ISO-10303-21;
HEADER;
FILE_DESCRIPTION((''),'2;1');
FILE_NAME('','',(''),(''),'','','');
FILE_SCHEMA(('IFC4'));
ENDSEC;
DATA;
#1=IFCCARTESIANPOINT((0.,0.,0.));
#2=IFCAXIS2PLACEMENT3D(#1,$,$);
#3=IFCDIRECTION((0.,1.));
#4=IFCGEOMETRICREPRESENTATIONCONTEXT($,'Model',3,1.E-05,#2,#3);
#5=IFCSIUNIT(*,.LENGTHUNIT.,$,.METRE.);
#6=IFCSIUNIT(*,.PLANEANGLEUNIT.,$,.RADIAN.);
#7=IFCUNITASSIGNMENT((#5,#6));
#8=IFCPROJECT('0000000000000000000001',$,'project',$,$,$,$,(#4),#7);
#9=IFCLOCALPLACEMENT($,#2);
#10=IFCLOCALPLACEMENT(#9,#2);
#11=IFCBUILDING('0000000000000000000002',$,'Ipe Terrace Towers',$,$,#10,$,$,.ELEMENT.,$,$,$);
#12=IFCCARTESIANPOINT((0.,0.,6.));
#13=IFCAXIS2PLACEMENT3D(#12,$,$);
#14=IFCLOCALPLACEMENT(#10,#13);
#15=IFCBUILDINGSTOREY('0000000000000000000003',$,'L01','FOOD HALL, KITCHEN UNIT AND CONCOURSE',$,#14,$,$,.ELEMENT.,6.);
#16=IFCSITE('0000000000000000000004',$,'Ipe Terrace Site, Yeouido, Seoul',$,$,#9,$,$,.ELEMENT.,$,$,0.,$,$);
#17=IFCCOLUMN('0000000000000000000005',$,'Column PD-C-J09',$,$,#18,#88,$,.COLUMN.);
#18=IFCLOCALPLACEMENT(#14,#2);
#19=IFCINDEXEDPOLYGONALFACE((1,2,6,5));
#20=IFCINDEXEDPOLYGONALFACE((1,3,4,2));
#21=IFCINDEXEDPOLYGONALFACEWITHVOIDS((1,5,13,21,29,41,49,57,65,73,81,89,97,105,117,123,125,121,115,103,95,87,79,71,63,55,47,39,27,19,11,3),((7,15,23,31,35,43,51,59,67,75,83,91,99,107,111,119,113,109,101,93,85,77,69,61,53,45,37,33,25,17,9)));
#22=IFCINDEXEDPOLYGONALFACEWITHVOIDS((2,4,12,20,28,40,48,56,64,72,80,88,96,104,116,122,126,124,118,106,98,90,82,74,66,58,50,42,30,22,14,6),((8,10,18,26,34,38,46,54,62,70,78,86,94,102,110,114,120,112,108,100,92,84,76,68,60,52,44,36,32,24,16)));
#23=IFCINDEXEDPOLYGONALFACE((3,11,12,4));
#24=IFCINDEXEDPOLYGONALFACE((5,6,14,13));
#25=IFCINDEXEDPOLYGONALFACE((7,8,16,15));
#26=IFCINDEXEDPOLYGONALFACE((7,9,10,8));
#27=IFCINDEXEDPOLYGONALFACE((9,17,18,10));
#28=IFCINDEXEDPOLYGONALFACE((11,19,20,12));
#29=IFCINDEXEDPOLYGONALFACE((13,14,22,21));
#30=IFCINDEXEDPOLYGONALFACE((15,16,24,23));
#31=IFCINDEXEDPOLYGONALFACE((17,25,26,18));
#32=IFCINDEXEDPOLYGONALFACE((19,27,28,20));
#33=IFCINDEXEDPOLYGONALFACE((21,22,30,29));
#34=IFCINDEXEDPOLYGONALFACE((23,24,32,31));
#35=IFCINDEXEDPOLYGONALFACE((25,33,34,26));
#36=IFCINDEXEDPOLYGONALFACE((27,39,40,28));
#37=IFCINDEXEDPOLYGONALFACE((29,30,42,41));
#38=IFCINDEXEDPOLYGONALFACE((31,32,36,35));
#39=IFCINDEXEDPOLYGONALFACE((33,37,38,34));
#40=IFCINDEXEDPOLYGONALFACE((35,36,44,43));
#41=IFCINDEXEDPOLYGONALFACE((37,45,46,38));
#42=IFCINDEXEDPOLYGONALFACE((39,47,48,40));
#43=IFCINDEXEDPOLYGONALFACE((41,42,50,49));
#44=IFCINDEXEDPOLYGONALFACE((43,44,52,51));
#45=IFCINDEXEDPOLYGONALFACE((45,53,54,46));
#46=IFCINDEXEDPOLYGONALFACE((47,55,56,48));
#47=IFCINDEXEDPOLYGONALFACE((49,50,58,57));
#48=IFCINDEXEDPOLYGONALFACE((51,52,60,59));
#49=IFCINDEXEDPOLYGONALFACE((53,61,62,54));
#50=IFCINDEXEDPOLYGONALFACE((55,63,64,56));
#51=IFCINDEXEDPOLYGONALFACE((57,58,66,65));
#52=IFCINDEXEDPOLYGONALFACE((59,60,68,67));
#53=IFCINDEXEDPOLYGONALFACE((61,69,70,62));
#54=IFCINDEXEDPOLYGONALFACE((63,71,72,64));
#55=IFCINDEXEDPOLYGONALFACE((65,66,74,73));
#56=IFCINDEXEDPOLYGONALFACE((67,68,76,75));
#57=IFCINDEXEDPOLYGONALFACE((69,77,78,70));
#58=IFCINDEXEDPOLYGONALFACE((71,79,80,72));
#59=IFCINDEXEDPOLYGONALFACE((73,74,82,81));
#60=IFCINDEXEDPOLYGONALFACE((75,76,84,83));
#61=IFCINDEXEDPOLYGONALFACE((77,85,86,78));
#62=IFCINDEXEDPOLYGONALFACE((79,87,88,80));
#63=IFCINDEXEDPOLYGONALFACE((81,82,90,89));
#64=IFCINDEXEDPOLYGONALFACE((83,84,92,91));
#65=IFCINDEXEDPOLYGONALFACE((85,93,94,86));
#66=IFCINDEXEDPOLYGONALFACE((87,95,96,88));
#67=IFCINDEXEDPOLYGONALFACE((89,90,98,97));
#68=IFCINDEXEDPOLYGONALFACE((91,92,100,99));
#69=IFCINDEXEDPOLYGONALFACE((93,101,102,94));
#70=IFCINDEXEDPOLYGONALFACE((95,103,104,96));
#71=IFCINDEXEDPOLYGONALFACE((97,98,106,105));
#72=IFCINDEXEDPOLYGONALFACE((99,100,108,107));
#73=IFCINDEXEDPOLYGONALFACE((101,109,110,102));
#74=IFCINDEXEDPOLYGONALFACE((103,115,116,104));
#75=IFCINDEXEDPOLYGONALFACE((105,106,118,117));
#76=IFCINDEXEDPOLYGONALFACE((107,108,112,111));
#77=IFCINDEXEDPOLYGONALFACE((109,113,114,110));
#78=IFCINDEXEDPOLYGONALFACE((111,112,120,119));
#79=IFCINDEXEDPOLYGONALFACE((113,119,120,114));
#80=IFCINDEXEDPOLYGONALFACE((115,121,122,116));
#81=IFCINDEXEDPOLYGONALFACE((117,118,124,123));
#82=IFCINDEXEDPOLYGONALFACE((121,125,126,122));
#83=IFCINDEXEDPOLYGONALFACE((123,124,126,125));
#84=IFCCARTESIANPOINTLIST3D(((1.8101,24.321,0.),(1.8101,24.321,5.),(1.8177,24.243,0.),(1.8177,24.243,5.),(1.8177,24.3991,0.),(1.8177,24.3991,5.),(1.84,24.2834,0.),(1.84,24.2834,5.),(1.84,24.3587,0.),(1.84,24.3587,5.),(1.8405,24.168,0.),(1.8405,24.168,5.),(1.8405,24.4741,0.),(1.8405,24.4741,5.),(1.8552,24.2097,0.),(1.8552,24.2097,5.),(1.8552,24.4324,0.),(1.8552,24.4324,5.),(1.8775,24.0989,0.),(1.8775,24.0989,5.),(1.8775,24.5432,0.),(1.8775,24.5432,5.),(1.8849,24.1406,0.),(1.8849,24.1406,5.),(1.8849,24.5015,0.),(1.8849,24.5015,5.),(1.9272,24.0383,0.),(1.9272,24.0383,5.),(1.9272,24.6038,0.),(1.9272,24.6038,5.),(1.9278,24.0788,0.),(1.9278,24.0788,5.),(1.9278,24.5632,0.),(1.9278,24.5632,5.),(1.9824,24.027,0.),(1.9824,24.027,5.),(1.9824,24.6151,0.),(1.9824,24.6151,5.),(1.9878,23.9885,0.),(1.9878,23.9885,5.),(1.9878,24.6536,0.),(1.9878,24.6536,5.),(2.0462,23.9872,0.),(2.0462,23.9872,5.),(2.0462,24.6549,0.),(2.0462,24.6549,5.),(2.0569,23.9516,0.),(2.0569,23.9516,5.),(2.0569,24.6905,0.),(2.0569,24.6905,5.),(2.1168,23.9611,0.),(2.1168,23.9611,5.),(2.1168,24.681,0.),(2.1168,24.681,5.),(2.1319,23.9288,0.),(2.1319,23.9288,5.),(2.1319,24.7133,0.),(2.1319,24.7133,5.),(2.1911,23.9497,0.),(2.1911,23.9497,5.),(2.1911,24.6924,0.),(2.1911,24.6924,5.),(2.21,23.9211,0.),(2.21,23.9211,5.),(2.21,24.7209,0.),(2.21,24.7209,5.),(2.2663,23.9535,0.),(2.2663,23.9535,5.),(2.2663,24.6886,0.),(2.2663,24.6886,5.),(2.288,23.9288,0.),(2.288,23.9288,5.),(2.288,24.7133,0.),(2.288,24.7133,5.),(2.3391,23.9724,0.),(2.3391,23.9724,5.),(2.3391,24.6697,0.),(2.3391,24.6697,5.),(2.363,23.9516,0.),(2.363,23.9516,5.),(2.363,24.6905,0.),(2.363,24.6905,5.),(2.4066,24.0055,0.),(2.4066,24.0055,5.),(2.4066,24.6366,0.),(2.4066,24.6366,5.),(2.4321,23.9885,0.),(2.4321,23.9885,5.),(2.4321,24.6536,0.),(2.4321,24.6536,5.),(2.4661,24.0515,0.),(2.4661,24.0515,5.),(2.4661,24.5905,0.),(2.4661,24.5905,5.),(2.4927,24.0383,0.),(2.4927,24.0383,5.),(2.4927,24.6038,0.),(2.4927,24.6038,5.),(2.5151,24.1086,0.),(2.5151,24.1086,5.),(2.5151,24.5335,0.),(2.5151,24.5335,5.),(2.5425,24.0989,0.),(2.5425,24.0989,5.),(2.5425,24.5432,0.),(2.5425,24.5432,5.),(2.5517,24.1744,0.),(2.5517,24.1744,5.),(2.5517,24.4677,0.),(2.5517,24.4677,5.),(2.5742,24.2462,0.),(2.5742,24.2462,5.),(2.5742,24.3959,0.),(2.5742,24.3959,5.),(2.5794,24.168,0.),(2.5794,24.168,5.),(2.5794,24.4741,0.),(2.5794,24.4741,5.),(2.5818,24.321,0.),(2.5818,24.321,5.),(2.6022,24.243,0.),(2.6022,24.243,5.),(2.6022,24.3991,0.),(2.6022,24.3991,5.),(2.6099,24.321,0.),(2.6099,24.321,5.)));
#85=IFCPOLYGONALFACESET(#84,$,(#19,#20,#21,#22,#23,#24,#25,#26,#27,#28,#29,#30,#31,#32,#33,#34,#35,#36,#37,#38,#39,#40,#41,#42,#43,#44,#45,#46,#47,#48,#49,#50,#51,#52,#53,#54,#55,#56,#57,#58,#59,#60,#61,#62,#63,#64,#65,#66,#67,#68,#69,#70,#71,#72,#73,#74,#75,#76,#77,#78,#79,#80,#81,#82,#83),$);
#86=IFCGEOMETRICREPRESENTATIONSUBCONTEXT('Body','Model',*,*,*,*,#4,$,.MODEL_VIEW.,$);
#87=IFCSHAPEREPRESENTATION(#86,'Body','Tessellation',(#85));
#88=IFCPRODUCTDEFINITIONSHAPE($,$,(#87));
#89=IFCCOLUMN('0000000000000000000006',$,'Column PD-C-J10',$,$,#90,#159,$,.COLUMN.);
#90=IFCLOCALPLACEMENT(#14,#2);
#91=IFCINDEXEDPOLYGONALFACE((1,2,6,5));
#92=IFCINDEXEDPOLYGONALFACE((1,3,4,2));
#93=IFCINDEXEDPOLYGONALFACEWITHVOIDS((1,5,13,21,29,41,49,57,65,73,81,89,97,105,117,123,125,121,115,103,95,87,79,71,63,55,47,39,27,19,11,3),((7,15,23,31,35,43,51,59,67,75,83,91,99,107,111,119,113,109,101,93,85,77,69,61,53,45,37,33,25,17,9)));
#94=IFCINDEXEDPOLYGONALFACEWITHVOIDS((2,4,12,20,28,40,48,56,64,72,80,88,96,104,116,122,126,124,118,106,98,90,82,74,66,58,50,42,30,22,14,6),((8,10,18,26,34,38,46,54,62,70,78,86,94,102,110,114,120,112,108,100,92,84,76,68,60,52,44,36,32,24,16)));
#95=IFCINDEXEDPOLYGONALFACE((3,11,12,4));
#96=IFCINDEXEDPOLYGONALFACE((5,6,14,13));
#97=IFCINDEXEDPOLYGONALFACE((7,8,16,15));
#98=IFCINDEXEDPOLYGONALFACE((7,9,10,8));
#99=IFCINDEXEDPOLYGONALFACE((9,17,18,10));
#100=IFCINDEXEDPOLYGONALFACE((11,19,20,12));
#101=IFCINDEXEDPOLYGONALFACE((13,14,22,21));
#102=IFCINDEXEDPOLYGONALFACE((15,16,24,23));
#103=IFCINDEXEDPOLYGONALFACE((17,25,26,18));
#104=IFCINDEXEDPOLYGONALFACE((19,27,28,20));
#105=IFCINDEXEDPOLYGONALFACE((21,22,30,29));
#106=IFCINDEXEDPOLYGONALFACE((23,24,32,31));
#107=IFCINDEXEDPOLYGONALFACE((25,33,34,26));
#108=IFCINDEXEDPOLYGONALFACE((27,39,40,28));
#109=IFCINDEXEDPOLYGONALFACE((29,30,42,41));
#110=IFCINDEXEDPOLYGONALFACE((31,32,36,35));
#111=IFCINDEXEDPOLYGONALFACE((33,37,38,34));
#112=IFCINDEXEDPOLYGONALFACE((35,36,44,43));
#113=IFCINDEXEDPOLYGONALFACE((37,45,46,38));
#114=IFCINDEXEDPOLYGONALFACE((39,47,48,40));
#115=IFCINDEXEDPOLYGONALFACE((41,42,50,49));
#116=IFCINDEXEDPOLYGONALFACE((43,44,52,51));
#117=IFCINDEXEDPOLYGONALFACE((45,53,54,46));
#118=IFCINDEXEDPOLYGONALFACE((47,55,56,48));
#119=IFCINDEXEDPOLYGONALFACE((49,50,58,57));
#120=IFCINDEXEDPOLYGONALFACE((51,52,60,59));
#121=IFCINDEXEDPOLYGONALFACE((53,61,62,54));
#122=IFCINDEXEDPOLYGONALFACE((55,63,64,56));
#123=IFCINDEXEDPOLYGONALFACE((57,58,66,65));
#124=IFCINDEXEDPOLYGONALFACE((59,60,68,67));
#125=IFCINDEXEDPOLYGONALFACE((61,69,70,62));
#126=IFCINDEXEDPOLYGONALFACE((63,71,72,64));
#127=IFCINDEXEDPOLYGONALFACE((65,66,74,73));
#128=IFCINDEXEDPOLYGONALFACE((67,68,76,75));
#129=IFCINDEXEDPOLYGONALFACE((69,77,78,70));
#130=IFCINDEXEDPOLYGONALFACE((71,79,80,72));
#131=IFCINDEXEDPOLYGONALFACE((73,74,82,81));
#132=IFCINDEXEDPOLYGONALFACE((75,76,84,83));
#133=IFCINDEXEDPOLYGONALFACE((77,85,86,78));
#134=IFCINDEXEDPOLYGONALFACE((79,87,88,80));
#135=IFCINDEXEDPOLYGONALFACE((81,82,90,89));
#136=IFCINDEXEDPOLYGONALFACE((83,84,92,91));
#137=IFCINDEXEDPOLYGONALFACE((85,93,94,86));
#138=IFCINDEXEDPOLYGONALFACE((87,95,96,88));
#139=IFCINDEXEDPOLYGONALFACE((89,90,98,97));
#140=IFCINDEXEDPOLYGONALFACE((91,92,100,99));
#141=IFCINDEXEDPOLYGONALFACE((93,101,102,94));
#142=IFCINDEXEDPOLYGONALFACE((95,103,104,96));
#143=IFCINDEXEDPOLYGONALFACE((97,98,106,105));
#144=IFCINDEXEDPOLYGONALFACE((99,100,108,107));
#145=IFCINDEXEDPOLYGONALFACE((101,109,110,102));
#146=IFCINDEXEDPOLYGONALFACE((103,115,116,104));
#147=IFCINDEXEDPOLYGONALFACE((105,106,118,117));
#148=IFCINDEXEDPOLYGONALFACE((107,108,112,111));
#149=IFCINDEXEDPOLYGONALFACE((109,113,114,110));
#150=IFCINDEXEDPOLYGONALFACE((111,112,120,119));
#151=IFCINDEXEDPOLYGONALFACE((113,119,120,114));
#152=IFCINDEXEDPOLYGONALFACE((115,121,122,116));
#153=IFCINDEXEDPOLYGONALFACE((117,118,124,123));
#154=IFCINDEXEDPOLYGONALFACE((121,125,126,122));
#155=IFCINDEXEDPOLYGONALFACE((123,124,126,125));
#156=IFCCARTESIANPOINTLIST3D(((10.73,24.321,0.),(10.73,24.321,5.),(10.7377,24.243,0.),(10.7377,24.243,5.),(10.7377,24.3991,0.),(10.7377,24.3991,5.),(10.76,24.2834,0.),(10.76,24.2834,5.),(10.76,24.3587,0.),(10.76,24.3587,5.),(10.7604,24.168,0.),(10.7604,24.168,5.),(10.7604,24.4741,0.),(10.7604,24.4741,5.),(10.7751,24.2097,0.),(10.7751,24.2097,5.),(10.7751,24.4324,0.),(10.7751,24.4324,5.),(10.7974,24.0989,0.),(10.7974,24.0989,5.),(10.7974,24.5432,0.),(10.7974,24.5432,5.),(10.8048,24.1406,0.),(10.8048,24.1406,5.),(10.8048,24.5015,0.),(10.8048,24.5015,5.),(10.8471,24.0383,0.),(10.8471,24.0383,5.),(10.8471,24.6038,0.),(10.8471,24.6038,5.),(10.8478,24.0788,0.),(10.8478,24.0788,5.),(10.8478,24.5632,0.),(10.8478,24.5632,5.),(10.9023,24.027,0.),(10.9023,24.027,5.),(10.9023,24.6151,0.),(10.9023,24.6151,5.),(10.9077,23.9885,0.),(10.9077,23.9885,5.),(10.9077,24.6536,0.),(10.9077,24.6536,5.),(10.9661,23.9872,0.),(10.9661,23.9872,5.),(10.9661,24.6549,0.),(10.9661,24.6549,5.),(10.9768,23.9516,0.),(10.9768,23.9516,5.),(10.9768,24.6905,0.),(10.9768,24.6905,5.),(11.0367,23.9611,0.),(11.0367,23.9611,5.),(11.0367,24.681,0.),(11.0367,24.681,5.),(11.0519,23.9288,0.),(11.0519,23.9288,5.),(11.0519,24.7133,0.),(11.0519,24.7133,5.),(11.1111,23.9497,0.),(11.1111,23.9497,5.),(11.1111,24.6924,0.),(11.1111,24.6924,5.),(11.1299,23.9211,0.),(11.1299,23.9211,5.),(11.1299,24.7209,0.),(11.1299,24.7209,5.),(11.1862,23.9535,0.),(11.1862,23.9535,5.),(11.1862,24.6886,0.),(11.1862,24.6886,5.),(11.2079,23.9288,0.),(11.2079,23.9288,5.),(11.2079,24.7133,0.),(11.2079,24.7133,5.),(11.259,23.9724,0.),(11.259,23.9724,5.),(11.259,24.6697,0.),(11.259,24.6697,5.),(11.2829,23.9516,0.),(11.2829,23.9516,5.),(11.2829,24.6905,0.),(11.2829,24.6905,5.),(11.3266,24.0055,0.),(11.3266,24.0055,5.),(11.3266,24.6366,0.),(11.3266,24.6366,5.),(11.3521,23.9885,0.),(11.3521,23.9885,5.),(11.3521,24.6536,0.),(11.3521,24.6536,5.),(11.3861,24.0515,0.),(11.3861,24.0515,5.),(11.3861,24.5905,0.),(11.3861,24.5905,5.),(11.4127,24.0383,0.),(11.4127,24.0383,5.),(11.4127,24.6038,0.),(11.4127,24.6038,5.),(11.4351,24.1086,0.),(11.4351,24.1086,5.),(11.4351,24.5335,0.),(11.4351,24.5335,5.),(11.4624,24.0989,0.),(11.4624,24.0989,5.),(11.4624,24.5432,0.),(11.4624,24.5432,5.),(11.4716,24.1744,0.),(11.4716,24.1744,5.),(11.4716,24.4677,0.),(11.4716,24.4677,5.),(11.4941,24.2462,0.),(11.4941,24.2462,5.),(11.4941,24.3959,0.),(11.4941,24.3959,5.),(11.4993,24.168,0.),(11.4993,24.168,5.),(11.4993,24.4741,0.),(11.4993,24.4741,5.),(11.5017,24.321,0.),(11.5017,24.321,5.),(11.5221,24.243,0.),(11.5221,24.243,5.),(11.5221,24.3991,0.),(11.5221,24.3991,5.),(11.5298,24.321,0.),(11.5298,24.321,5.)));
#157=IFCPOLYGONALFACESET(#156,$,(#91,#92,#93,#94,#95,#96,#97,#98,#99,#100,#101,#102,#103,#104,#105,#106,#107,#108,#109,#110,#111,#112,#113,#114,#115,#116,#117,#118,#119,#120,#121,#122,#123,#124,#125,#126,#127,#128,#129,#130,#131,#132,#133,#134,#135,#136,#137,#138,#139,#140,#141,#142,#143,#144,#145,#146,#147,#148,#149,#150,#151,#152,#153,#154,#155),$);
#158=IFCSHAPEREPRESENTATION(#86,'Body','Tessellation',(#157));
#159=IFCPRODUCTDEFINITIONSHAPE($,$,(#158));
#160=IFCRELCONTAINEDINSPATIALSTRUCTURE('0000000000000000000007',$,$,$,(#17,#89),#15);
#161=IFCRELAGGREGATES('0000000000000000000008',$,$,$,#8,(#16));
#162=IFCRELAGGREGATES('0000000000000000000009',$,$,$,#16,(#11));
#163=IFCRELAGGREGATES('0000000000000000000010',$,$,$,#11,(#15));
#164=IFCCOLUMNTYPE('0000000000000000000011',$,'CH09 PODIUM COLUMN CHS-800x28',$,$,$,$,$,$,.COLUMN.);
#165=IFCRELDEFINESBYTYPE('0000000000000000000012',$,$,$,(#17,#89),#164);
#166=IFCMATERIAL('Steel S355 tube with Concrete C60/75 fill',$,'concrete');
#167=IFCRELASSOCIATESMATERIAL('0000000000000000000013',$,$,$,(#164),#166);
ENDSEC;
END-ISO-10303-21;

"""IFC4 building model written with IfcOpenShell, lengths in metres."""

from ifc_helpers import new_model, si_unit, direction, frame, origin, origin_2d, place, context, subcontext, project, spatial, hollow_circle, extrude, material, material_profile, profile_set, type_object, element, save


model = new_model("IFC4")

# Units and contexts
model_context = context("Model", 3, precision=1e-05, world=origin(), true_north=direction((0.0, 1.0)))
body_context = subcontext(model_context, "Body", "Model", "MODEL_VIEW")
ifc_project = project(units=[si_unit("LENGTHUNIT", "METRE"), si_unit("PLANEANGLEUNIT", "RADIAN")], contexts=[model_context])

# Site, building, storey
site_placement = place(None, origin())
site = spatial("IfcSite", under=ifc_project, at=site_placement, Name="Ipe Terrace Site, Yeouido, Seoul", CompositionType="ELEMENT", RefElevation=0.0)
building_placement = place(site_placement, origin())
building = spatial("IfcBuilding", under=site, at=building_placement, Name="Ipe Terrace Towers", CompositionType="ELEMENT")
storey_placement = place(building_placement, frame((0.0, 0.0, 6.0)))
storey = spatial("IfcBuildingStorey", under=building, at=storey_placement, Name="L01", Description="FOOD HALL, KITCHEN UNIT AND CONCOURSE", CompositionType="ELEMENT", Elevation=6.0)

# Columns
ifc_material_1 = material(Name="Steel S355 tube with Concrete C60/75 fill", Category="concrete")
ifc_material_profile_1 = material_profile(ifc_material_1, hollow_circle(Radius=0.3999, WallThickness=0.0281, at=origin_2d()), Name="CHS-800x28")
ifc_profile_set_1 = profile_set([ifc_material_profile_1], Name="Steel S355 tube with Concrete C60/75 fill")
column_type = type_object("IfcColumnType", Name="CH09 PODIUM COLUMN CHS-800x28", PredefinedType="COLUMN", material=ifc_profile_set_1)
for number, where, z_axis, x_axis, name in (
    (1, (2.21, 24.321, 0.0), (0.0, 0.0, 1.0), (1.0, 0.0, 0.0), "Column PD-C-J09"),
    (2, (11.1299, 24.321, 0.0), (0.0, 0.0, 1.0), (1.0, 0.0, 0.0), "Column PD-C-J10"),
):
    element("IfcColumn", number, at=place(storey_placement, frame(where, z_axis=z_axis, x_axis=x_axis)), inside=storey, type_object=column_type, Name=name, PredefinedType="COLUMN", context=body_context, shape_type="SweptSolid", body=[
        extrude(hollow_circle(Radius=0.3999, WallThickness=0.0281, at=origin_2d()), origin(), (0.0, 0.0, 1.0), 5.0),
    ])

save(model, "model.ifc")
